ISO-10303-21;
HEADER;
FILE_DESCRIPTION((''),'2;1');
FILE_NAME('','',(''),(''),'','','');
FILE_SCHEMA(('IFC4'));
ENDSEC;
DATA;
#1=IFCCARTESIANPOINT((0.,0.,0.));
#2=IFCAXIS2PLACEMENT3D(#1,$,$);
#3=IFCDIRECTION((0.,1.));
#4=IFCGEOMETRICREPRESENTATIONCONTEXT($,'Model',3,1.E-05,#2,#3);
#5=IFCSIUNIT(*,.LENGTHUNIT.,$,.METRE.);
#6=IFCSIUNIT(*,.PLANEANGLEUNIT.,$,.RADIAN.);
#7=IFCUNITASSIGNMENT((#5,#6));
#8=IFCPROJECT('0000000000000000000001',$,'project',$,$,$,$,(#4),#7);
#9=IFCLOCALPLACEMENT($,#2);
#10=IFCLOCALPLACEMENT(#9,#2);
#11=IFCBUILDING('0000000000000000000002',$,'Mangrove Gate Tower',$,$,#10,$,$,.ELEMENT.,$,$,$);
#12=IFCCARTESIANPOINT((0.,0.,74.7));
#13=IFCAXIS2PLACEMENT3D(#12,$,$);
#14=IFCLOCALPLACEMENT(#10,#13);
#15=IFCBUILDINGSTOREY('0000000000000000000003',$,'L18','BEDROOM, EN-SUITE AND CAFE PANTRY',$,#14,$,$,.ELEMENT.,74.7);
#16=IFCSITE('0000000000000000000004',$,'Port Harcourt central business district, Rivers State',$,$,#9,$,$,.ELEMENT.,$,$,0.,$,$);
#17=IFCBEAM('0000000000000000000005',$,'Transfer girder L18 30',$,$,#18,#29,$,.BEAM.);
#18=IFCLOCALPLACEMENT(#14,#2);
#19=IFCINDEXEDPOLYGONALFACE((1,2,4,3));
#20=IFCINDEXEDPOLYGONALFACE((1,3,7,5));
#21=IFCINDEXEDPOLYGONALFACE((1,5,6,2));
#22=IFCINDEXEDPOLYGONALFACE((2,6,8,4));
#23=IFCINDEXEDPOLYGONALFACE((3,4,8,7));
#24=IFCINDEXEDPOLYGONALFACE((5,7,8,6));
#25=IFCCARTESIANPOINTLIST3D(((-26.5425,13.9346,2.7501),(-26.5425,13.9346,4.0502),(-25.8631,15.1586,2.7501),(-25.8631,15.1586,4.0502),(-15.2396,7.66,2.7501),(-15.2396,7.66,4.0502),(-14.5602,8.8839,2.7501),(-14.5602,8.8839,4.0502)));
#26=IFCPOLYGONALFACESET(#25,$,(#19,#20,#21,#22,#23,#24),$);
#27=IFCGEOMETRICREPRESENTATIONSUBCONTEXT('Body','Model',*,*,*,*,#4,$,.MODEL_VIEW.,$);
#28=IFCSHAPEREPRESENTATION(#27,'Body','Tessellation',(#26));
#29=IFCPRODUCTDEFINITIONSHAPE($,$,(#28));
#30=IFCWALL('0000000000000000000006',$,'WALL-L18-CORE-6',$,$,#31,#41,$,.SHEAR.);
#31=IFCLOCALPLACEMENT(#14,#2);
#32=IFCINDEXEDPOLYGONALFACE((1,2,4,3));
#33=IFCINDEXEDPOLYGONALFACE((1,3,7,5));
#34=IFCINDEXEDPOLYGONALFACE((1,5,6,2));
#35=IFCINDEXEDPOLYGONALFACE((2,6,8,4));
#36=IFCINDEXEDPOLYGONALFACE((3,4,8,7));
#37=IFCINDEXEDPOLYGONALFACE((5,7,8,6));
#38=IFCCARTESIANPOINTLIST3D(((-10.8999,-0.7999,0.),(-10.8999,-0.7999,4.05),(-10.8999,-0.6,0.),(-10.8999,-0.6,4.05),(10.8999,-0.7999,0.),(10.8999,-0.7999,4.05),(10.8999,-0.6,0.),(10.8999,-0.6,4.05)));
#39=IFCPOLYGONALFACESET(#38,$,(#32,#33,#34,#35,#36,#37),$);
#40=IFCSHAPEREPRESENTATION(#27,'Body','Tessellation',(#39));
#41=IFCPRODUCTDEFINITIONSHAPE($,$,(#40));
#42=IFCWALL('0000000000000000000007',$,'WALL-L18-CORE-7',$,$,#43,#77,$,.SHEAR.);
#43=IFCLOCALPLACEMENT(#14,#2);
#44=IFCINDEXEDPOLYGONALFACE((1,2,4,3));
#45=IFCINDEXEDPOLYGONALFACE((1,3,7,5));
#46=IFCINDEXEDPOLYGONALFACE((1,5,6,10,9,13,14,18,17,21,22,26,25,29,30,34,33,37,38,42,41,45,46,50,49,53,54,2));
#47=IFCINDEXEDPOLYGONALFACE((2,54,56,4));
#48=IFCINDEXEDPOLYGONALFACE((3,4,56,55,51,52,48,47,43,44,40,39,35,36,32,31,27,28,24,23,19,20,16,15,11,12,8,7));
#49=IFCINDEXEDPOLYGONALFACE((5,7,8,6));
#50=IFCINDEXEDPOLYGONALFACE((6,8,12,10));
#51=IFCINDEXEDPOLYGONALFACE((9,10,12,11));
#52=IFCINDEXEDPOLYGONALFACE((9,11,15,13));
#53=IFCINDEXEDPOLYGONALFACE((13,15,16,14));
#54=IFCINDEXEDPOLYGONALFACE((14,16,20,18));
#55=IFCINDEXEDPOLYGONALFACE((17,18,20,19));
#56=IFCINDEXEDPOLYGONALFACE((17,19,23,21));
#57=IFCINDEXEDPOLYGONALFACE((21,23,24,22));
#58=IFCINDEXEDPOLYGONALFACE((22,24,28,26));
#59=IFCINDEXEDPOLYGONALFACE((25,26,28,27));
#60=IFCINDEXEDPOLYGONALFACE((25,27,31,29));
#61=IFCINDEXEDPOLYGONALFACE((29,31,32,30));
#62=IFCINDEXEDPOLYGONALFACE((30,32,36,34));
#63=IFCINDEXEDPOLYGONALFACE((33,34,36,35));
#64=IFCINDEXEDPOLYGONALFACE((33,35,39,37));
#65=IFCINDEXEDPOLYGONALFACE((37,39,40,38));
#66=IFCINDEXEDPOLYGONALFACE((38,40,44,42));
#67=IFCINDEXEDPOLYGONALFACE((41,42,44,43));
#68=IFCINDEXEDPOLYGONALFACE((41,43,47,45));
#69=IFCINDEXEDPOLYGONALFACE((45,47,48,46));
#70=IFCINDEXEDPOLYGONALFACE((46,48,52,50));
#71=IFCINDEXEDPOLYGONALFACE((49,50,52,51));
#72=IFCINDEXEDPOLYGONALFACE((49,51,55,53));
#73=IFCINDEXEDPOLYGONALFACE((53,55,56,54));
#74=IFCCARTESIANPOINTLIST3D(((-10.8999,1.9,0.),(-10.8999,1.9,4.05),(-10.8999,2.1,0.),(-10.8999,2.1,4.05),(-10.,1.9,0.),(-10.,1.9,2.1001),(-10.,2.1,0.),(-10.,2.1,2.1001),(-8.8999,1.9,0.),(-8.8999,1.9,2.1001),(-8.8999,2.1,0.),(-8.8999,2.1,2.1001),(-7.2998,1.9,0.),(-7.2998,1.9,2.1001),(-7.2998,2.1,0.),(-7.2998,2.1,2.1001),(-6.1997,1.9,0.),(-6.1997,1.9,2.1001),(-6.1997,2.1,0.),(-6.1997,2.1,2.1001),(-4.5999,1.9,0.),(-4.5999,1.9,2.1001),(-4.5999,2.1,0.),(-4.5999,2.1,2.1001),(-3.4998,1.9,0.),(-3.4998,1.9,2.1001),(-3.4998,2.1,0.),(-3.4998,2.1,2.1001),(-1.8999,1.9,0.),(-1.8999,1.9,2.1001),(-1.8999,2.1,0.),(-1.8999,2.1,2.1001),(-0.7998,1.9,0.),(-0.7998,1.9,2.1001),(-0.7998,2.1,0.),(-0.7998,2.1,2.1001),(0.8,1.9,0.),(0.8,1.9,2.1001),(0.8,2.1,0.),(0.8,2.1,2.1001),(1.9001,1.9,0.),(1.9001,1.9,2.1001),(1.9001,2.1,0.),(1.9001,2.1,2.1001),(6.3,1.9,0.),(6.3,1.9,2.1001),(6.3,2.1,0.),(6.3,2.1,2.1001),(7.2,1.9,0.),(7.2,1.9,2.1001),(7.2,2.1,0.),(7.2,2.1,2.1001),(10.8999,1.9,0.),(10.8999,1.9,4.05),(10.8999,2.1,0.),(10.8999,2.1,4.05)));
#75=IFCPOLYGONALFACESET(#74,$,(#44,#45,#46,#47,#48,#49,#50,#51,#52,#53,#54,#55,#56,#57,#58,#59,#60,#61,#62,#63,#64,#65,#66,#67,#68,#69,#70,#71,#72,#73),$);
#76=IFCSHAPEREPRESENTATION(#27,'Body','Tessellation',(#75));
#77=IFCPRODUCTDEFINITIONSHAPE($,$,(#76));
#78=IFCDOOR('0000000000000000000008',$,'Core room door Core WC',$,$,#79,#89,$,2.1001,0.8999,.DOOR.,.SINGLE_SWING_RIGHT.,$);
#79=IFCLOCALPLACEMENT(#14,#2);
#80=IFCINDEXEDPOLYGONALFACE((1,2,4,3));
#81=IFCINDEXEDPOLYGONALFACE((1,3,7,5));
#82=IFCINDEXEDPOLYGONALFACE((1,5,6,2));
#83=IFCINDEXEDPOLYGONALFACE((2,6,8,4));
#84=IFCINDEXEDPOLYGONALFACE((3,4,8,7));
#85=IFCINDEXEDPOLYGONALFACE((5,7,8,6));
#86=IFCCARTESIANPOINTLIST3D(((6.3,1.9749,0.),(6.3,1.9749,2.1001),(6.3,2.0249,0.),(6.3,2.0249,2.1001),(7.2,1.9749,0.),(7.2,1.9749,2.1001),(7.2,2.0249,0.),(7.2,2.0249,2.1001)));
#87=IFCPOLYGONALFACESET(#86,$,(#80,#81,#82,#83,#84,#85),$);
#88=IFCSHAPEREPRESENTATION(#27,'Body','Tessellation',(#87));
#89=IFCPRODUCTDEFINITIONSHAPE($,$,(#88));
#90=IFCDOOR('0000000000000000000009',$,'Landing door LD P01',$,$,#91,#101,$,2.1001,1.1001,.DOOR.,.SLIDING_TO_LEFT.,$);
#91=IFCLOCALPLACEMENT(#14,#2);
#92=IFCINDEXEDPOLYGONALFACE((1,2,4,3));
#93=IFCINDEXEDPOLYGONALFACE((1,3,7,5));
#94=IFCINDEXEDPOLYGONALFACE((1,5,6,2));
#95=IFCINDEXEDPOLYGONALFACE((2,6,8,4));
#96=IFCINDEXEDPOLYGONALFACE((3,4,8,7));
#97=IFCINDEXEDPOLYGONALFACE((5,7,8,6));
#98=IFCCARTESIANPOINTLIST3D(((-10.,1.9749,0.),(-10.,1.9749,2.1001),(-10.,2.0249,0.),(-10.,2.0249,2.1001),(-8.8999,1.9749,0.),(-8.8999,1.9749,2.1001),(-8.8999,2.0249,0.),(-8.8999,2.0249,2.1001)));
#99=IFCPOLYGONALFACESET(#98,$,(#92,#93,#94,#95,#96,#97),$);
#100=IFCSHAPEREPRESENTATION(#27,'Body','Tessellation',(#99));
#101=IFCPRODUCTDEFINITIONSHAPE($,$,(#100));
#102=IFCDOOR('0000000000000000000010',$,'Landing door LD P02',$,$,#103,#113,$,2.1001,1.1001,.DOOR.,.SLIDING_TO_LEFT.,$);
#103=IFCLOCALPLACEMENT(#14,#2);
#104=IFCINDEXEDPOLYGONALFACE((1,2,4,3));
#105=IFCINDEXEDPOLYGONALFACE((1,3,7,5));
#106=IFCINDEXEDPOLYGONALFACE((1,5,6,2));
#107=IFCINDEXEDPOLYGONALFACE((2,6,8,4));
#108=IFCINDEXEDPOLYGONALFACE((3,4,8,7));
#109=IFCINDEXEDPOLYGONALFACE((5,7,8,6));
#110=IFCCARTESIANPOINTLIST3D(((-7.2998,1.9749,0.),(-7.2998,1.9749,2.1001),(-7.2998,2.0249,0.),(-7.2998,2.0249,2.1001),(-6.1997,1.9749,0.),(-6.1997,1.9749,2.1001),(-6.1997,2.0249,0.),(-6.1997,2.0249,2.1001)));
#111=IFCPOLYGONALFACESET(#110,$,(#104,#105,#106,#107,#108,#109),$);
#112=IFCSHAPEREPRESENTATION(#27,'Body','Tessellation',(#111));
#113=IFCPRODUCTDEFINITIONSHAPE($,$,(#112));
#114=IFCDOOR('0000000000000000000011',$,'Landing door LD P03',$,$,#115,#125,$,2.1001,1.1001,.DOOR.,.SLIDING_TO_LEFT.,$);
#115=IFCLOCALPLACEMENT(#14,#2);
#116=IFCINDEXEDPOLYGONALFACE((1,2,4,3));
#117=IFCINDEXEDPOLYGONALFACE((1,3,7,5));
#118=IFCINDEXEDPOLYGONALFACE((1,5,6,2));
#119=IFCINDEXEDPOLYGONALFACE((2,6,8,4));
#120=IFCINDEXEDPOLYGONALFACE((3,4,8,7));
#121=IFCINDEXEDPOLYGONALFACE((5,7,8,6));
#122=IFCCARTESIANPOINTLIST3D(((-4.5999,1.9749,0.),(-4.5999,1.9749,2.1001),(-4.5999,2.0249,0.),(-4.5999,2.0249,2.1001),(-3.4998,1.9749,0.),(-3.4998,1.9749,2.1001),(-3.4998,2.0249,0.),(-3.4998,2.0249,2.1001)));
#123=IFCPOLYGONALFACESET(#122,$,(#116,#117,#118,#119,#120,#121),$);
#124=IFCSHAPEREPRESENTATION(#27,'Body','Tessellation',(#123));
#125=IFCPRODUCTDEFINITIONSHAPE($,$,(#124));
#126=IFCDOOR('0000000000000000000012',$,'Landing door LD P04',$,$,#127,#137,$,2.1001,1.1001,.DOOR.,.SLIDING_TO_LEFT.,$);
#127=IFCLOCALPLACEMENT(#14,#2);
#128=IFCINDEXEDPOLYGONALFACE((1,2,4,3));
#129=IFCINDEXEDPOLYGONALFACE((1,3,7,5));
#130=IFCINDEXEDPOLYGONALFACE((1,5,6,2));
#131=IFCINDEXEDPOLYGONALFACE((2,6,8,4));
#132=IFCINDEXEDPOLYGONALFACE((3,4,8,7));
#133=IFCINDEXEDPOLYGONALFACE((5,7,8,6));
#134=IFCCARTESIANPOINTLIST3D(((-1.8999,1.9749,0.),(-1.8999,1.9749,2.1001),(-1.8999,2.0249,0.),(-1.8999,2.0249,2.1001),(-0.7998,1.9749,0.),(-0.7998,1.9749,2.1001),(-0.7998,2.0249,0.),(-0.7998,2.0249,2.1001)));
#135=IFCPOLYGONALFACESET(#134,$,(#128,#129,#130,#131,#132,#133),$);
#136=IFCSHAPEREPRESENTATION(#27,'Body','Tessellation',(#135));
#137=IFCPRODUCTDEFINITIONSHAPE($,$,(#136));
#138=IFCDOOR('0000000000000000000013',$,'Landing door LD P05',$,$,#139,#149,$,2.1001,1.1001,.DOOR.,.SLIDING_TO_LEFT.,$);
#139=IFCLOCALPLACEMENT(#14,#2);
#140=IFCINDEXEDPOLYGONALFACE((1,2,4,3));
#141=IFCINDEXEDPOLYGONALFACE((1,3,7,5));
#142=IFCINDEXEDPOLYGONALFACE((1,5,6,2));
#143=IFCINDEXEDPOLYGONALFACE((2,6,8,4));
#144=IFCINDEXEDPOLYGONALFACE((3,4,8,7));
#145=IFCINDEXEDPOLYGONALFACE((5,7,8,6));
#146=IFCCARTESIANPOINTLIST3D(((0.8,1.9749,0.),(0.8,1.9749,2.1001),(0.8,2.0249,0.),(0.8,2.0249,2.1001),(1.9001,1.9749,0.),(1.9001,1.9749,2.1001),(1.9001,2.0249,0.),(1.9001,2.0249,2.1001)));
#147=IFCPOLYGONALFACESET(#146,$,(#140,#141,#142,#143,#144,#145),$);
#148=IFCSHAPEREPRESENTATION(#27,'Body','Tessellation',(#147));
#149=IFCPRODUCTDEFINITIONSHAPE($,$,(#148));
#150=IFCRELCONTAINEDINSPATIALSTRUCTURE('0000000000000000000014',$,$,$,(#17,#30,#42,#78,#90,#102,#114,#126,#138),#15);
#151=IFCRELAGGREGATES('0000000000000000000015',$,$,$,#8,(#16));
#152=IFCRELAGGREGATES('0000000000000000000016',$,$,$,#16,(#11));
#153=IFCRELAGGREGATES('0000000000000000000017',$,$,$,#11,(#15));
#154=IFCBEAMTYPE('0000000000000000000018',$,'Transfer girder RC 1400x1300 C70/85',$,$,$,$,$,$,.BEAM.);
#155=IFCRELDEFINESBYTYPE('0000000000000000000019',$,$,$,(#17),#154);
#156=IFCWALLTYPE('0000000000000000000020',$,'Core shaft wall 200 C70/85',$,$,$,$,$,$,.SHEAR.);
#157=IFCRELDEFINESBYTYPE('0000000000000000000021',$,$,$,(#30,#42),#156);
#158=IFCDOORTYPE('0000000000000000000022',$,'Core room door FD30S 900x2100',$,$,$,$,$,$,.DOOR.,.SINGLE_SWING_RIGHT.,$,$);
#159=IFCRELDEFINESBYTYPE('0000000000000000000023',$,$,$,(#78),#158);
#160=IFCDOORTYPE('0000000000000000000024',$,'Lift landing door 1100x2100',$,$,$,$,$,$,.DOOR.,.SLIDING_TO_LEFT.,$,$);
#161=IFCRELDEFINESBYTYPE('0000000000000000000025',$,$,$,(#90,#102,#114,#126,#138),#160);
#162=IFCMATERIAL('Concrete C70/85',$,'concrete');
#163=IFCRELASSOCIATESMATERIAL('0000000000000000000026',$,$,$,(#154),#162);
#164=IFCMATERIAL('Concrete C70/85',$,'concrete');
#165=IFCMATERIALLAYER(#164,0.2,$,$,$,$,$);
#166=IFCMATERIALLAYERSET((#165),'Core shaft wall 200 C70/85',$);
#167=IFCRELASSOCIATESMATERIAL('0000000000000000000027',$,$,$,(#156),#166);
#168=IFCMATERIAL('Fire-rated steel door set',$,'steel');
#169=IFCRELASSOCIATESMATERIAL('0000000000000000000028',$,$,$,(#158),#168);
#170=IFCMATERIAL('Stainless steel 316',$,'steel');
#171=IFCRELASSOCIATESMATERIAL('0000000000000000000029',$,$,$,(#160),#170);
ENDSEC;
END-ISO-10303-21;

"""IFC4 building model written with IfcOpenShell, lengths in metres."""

from ifc_helpers import new_model, si_unit, direction, frame, frame_2d, origin, origin_2d, place, context, subcontext, project, spatial, rectangle, extrude, material, layer, layer_set, material_profile, profile_set, type_object, element, fill, save


model = new_model("IFC4")

# Units and contexts
model_context = context("Model", 3, precision=1e-05, world=origin(), true_north=direction((0.0, 1.0)))
body_context = subcontext(model_context, "Body", "Model", "MODEL_VIEW")
ifc_project = project(units=[si_unit("LENGTHUNIT", "METRE"), si_unit("PLANEANGLEUNIT", "RADIAN")], contexts=[model_context])

# Site, building, storey
site_placement = place(None, origin())
site = spatial("IfcSite", under=ifc_project, at=site_placement, Name="Port Harcourt central business district, Rivers State", CompositionType="ELEMENT", RefElevation=0.0)
building_placement = place(site_placement, origin())
building = spatial("IfcBuilding", under=site, at=building_placement, Name="Mangrove Gate Tower", CompositionType="ELEMENT")
storey_placement = place(building_placement, frame((0.0, 0.0, 74.7)))
storey = spatial("IfcBuildingStorey", under=building, at=storey_placement, Name="L18", Description="BEDROOM, EN-SUITE AND CAFE PANTRY", CompositionType="ELEMENT", Elevation=74.7)

# Beam
ifc_material_1 = material(Name="Concrete C70/85", Category="concrete")
ifc_material_profile = material_profile(ifc_material_1, rectangle(XDim=1.3999, YDim=1.3, at=origin_2d()))
ifc_profile_set = profile_set([ifc_material_profile], Name="Concrete C70/85")
beam_type = type_object("IfcBeamType", Name="Transfer girder RC 1400x1300 C70/85", PredefinedType="BEAM", material=ifc_profile_set)
beam_placement = place(storey_placement, frame((-14.8999, 8.272, 3.4001), z_axis=(-0.874314, 0.485361, 0.0), x_axis=(-0.485361, -0.874314, 0.0)))
element("IfcBeam", 1, at=beam_placement, inside=storey, type_object=beam_type, Name="Transfer girder L18 30", PredefinedType="BEAM", context=body_context, shape_type="SweptSolid", body=[
    extrude(rectangle(XDim=1.3999, YDim=1.3, at=origin_2d()), origin(), (0.0, 0.0, 1.0), 12.9277),
])

# Wall
ifc_material_2 = material(Name="Concrete C70/85", Category="concrete")
ifc_layer = layer(ifc_material_2, 0.2)
ifc_layer_set = layer_set([ifc_layer], Name="Core shaft wall 200 C70/85")
wall_type = type_object("IfcWallType", Name="Core shaft wall 200 C70/85", PredefinedType="SHEAR", material=ifc_layer_set)
wall_1_placement = place(storey_placement, frame((-10.8999, -0.7, 0.0), z_axis=(0.0, 0.0, 1.0), x_axis=(1.0, 0.0, 0.0)))
element("IfcWall", 2, at=wall_1_placement, inside=storey, type_object=wall_type, Name="WALL-L18-CORE-6", PredefinedType="SHEAR", context=body_context, shape_type="SweptSolid", body=[
    extrude(rectangle(XDim=21.7998, YDim=0.2, at=frame_2d((10.8999, 0.0))), origin(), (0.0, 0.0, 1.0), 4.05),
])

# Wall, openings, doors
wall_2_placement = place(storey_placement, frame((-10.8999, 2.0, 0.0), z_axis=(0.0, 0.0, 1.0), x_axis=(1.0, 0.0, 0.0)))
wall_2 = element("IfcWall", 3, at=wall_2_placement, inside=storey, type_object=wall_type, Name="WALL-L18-CORE-7", PredefinedType="SHEAR", context=body_context, shape_type="SweptSolid", body=[
    extrude(rectangle(XDim=21.7998, YDim=0.2, at=frame_2d((10.8999, 0.0))), origin(), (0.0, 0.0, 1.0), 4.05),
])
opening_1_placement = place(wall_2_placement, frame((0.8999, 0.0, 0.0)))
opening_1 = element("IfcOpeningElement", 4, at=opening_1_placement, cuts=wall_2, PredefinedType="OPENING", context=body_context, shape_type="SweptSolid", body=[
    extrude(rectangle(XDim=1.1001, YDim=2.1001, at=frame_2d((0.55, 1.05))), frame((0.0, 0.1099, 0.0), z_axis=(0.0, -1.0, 0.0), x_axis=(1.0, 0.0, 0.0)), (0.0, 0.0, 1.0), 0.22),
])
opening_2_placement = place(wall_2_placement, frame((3.6001, 0.0, 0.0)))
opening_2 = element("IfcOpeningElement", 5, at=opening_2_placement, cuts=wall_2, PredefinedType="OPENING", context=body_context, shape_type="SweptSolid", body=[
    extrude(rectangle(XDim=1.1001, YDim=2.1001, at=frame_2d((0.55, 1.05))), frame((0.0, 0.1099, 0.0), z_axis=(0.0, -1.0, 0.0), x_axis=(1.0, 0.0, 0.0)), (0.0, 0.0, 1.0), 0.22),
])
opening_3_placement = place(wall_2_placement, frame((6.3, 0.0, 0.0)))
opening_3 = element("IfcOpeningElement", 6, at=opening_3_placement, cuts=wall_2, PredefinedType="OPENING", context=body_context, shape_type="SweptSolid", body=[
    extrude(rectangle(XDim=1.1001, YDim=2.1001, at=frame_2d((0.55, 1.05))), frame((0.0, 0.1099, 0.0), z_axis=(0.0, -1.0, 0.0), x_axis=(1.0, 0.0, 0.0)), (0.0, 0.0, 1.0), 0.22),
])
opening_4_placement = place(wall_2_placement, frame((9.0, 0.0, 0.0)))
opening_4 = element("IfcOpeningElement", 7, at=opening_4_placement, cuts=wall_2, PredefinedType="OPENING", context=body_context, shape_type="SweptSolid", body=[
    extrude(rectangle(XDim=1.1001, YDim=2.1001, at=frame_2d((0.55, 1.05))), frame((0.0, 0.1099, 0.0), z_axis=(0.0, -1.0, 0.0), x_axis=(1.0, 0.0, 0.0)), (0.0, 0.0, 1.0), 0.22),
])
opening_5_placement = place(wall_2_placement, frame((11.7, 0.0, 0.0)))
opening_5 = element("IfcOpeningElement", 8, at=opening_5_placement, cuts=wall_2, PredefinedType="OPENING", context=body_context, shape_type="SweptSolid", body=[
    extrude(rectangle(XDim=1.1001, YDim=2.1001, at=frame_2d((0.55, 1.05))), frame((0.0, 0.1099, 0.0), z_axis=(0.0, -1.0, 0.0), x_axis=(1.0, 0.0, 0.0)), (0.0, 0.0, 1.0), 0.22),
])
opening_6_placement = place(wall_2_placement, frame((17.2, 0.0, 0.0)))
opening_6 = element("IfcOpeningElement", 9, at=opening_6_placement, cuts=wall_2, PredefinedType="OPENING", context=body_context, shape_type="SweptSolid", body=[
    extrude(rectangle(XDim=0.8999, YDim=2.1001, at=frame_2d((0.45, 1.05))), frame((0.0, 0.1099, 0.0), z_axis=(0.0, -1.0, 0.0), x_axis=(1.0, 0.0, 0.0)), (0.0, 0.0, 1.0), 0.22),
])
ifc_material_3 = material(Name="Fire-rated steel door set", Category="steel")
door_type_1 = type_object("IfcDoorType", Name="Core room door FD30S 900x2100", OperationType="SINGLE_SWING_RIGHT", PredefinedType="DOOR", material=ifc_material_3)
door_1_placement = place(opening_6_placement, origin())
door_1 = element("IfcDoor", 10, at=door_1_placement, inside=storey, type_object=door_type_1, Name="Core room door Core WC", OperationType="SINGLE_SWING_RIGHT", OverallHeight=2.1001, OverallWidth=0.8999, PredefinedType="DOOR", context=body_context, shape_type="SweptSolid", body=[
    extrude(rectangle(XDim=0.8999, YDim=2.1001, at=frame_2d((0.45, 1.05))), frame((0.0, 0.0249, 0.0), z_axis=(0.0, -1.0, 0.0), x_axis=(1.0, 0.0, 0.0)), (0.0, 0.0, 1.0), 0.05),
])
fill(opening_6, door_1)
ifc_material_4 = material(Name="Stainless steel 316", Category="steel")
door_type_2 = type_object("IfcDoorType", Name="Lift landing door 1100x2100", OperationType="SLIDING_TO_LEFT", PredefinedType="DOOR", material=ifc_material_4)
door_2_placement = place(opening_1_placement, origin())
door_2 = element("IfcDoor", 11, at=door_2_placement, inside=storey, type_object=door_type_2, Name="Landing door LD P01", OperationType="SLIDING_TO_LEFT", OverallHeight=2.1001, OverallWidth=1.1001, PredefinedType="DOOR", context=body_context, shape_type="SweptSolid", body=[
    extrude(rectangle(XDim=1.1001, YDim=2.1001, at=frame_2d((0.55, 1.05))), frame((0.0, 0.0249, 0.0), z_axis=(0.0, -1.0, 0.0), x_axis=(1.0, 0.0, 0.0)), (0.0, 0.0, 1.0), 0.05),
])
fill(opening_1, door_2)
door_3_placement = place(opening_2_placement, origin())
door_3 = element("IfcDoor", 12, at=door_3_placement, inside=storey, type_object=door_type_2, Name="Landing door LD P02", OperationType="SLIDING_TO_LEFT", OverallHeight=2.1001, OverallWidth=1.1001, PredefinedType="DOOR", context=body_context, shape_type="SweptSolid", body=[
    extrude(rectangle(XDim=1.1001, YDim=2.1001, at=frame_2d((0.55, 1.05))), frame((0.0, 0.0249, 0.0), z_axis=(0.0, -1.0, 0.0), x_axis=(1.0, 0.0, 0.0)), (0.0, 0.0, 1.0), 0.05),
])
fill(opening_2, door_3)
door_4_placement = place(opening_3_placement, origin())
door_4 = element("IfcDoor", 13, at=door_4_placement, inside=storey, type_object=door_type_2, Name="Landing door LD P03", OperationType="SLIDING_TO_LEFT", OverallHeight=2.1001, OverallWidth=1.1001, PredefinedType="DOOR", context=body_context, shape_type="SweptSolid", body=[
    extrude(rectangle(XDim=1.1001, YDim=2.1001, at=frame_2d((0.55, 1.05))), frame((0.0, 0.0249, 0.0), z_axis=(0.0, -1.0, 0.0), x_axis=(1.0, 0.0, 0.0)), (0.0, 0.0, 1.0), 0.05),
])
fill(opening_3, door_4)
door_5_placement = place(opening_4_placement, origin())
door_5 = element("IfcDoor", 14, at=door_5_placement, inside=storey, type_object=door_type_2, Name="Landing door LD P04", OperationType="SLIDING_TO_LEFT", OverallHeight=2.1001, OverallWidth=1.1001, PredefinedType="DOOR", context=body_context, shape_type="SweptSolid", body=[
    extrude(rectangle(XDim=1.1001, YDim=2.1001, at=frame_2d((0.55, 1.05))), frame((0.0, 0.0249, 0.0), z_axis=(0.0, -1.0, 0.0), x_axis=(1.0, 0.0, 0.0)), (0.0, 0.0, 1.0), 0.05),
])
fill(opening_4, door_5)
door_6_placement = place(opening_5_placement, origin())
door_6 = element("IfcDoor", 15, at=door_6_placement, inside=storey, type_object=door_type_2, Name="Landing door LD P05", OperationType="SLIDING_TO_LEFT", OverallHeight=2.1001, OverallWidth=1.1001, PredefinedType="DOOR", context=body_context, shape_type="SweptSolid", body=[
    extrude(rectangle(XDim=1.1001, YDim=2.1001, at=frame_2d((0.55, 1.05))), frame((0.0, 0.0249, 0.0), z_axis=(0.0, -1.0, 0.0), x_axis=(1.0, 0.0, 0.0)), (0.0, 0.0, 1.0), 0.05),
])
fill(opening_5, door_6)

save(model, "model.ifc")
